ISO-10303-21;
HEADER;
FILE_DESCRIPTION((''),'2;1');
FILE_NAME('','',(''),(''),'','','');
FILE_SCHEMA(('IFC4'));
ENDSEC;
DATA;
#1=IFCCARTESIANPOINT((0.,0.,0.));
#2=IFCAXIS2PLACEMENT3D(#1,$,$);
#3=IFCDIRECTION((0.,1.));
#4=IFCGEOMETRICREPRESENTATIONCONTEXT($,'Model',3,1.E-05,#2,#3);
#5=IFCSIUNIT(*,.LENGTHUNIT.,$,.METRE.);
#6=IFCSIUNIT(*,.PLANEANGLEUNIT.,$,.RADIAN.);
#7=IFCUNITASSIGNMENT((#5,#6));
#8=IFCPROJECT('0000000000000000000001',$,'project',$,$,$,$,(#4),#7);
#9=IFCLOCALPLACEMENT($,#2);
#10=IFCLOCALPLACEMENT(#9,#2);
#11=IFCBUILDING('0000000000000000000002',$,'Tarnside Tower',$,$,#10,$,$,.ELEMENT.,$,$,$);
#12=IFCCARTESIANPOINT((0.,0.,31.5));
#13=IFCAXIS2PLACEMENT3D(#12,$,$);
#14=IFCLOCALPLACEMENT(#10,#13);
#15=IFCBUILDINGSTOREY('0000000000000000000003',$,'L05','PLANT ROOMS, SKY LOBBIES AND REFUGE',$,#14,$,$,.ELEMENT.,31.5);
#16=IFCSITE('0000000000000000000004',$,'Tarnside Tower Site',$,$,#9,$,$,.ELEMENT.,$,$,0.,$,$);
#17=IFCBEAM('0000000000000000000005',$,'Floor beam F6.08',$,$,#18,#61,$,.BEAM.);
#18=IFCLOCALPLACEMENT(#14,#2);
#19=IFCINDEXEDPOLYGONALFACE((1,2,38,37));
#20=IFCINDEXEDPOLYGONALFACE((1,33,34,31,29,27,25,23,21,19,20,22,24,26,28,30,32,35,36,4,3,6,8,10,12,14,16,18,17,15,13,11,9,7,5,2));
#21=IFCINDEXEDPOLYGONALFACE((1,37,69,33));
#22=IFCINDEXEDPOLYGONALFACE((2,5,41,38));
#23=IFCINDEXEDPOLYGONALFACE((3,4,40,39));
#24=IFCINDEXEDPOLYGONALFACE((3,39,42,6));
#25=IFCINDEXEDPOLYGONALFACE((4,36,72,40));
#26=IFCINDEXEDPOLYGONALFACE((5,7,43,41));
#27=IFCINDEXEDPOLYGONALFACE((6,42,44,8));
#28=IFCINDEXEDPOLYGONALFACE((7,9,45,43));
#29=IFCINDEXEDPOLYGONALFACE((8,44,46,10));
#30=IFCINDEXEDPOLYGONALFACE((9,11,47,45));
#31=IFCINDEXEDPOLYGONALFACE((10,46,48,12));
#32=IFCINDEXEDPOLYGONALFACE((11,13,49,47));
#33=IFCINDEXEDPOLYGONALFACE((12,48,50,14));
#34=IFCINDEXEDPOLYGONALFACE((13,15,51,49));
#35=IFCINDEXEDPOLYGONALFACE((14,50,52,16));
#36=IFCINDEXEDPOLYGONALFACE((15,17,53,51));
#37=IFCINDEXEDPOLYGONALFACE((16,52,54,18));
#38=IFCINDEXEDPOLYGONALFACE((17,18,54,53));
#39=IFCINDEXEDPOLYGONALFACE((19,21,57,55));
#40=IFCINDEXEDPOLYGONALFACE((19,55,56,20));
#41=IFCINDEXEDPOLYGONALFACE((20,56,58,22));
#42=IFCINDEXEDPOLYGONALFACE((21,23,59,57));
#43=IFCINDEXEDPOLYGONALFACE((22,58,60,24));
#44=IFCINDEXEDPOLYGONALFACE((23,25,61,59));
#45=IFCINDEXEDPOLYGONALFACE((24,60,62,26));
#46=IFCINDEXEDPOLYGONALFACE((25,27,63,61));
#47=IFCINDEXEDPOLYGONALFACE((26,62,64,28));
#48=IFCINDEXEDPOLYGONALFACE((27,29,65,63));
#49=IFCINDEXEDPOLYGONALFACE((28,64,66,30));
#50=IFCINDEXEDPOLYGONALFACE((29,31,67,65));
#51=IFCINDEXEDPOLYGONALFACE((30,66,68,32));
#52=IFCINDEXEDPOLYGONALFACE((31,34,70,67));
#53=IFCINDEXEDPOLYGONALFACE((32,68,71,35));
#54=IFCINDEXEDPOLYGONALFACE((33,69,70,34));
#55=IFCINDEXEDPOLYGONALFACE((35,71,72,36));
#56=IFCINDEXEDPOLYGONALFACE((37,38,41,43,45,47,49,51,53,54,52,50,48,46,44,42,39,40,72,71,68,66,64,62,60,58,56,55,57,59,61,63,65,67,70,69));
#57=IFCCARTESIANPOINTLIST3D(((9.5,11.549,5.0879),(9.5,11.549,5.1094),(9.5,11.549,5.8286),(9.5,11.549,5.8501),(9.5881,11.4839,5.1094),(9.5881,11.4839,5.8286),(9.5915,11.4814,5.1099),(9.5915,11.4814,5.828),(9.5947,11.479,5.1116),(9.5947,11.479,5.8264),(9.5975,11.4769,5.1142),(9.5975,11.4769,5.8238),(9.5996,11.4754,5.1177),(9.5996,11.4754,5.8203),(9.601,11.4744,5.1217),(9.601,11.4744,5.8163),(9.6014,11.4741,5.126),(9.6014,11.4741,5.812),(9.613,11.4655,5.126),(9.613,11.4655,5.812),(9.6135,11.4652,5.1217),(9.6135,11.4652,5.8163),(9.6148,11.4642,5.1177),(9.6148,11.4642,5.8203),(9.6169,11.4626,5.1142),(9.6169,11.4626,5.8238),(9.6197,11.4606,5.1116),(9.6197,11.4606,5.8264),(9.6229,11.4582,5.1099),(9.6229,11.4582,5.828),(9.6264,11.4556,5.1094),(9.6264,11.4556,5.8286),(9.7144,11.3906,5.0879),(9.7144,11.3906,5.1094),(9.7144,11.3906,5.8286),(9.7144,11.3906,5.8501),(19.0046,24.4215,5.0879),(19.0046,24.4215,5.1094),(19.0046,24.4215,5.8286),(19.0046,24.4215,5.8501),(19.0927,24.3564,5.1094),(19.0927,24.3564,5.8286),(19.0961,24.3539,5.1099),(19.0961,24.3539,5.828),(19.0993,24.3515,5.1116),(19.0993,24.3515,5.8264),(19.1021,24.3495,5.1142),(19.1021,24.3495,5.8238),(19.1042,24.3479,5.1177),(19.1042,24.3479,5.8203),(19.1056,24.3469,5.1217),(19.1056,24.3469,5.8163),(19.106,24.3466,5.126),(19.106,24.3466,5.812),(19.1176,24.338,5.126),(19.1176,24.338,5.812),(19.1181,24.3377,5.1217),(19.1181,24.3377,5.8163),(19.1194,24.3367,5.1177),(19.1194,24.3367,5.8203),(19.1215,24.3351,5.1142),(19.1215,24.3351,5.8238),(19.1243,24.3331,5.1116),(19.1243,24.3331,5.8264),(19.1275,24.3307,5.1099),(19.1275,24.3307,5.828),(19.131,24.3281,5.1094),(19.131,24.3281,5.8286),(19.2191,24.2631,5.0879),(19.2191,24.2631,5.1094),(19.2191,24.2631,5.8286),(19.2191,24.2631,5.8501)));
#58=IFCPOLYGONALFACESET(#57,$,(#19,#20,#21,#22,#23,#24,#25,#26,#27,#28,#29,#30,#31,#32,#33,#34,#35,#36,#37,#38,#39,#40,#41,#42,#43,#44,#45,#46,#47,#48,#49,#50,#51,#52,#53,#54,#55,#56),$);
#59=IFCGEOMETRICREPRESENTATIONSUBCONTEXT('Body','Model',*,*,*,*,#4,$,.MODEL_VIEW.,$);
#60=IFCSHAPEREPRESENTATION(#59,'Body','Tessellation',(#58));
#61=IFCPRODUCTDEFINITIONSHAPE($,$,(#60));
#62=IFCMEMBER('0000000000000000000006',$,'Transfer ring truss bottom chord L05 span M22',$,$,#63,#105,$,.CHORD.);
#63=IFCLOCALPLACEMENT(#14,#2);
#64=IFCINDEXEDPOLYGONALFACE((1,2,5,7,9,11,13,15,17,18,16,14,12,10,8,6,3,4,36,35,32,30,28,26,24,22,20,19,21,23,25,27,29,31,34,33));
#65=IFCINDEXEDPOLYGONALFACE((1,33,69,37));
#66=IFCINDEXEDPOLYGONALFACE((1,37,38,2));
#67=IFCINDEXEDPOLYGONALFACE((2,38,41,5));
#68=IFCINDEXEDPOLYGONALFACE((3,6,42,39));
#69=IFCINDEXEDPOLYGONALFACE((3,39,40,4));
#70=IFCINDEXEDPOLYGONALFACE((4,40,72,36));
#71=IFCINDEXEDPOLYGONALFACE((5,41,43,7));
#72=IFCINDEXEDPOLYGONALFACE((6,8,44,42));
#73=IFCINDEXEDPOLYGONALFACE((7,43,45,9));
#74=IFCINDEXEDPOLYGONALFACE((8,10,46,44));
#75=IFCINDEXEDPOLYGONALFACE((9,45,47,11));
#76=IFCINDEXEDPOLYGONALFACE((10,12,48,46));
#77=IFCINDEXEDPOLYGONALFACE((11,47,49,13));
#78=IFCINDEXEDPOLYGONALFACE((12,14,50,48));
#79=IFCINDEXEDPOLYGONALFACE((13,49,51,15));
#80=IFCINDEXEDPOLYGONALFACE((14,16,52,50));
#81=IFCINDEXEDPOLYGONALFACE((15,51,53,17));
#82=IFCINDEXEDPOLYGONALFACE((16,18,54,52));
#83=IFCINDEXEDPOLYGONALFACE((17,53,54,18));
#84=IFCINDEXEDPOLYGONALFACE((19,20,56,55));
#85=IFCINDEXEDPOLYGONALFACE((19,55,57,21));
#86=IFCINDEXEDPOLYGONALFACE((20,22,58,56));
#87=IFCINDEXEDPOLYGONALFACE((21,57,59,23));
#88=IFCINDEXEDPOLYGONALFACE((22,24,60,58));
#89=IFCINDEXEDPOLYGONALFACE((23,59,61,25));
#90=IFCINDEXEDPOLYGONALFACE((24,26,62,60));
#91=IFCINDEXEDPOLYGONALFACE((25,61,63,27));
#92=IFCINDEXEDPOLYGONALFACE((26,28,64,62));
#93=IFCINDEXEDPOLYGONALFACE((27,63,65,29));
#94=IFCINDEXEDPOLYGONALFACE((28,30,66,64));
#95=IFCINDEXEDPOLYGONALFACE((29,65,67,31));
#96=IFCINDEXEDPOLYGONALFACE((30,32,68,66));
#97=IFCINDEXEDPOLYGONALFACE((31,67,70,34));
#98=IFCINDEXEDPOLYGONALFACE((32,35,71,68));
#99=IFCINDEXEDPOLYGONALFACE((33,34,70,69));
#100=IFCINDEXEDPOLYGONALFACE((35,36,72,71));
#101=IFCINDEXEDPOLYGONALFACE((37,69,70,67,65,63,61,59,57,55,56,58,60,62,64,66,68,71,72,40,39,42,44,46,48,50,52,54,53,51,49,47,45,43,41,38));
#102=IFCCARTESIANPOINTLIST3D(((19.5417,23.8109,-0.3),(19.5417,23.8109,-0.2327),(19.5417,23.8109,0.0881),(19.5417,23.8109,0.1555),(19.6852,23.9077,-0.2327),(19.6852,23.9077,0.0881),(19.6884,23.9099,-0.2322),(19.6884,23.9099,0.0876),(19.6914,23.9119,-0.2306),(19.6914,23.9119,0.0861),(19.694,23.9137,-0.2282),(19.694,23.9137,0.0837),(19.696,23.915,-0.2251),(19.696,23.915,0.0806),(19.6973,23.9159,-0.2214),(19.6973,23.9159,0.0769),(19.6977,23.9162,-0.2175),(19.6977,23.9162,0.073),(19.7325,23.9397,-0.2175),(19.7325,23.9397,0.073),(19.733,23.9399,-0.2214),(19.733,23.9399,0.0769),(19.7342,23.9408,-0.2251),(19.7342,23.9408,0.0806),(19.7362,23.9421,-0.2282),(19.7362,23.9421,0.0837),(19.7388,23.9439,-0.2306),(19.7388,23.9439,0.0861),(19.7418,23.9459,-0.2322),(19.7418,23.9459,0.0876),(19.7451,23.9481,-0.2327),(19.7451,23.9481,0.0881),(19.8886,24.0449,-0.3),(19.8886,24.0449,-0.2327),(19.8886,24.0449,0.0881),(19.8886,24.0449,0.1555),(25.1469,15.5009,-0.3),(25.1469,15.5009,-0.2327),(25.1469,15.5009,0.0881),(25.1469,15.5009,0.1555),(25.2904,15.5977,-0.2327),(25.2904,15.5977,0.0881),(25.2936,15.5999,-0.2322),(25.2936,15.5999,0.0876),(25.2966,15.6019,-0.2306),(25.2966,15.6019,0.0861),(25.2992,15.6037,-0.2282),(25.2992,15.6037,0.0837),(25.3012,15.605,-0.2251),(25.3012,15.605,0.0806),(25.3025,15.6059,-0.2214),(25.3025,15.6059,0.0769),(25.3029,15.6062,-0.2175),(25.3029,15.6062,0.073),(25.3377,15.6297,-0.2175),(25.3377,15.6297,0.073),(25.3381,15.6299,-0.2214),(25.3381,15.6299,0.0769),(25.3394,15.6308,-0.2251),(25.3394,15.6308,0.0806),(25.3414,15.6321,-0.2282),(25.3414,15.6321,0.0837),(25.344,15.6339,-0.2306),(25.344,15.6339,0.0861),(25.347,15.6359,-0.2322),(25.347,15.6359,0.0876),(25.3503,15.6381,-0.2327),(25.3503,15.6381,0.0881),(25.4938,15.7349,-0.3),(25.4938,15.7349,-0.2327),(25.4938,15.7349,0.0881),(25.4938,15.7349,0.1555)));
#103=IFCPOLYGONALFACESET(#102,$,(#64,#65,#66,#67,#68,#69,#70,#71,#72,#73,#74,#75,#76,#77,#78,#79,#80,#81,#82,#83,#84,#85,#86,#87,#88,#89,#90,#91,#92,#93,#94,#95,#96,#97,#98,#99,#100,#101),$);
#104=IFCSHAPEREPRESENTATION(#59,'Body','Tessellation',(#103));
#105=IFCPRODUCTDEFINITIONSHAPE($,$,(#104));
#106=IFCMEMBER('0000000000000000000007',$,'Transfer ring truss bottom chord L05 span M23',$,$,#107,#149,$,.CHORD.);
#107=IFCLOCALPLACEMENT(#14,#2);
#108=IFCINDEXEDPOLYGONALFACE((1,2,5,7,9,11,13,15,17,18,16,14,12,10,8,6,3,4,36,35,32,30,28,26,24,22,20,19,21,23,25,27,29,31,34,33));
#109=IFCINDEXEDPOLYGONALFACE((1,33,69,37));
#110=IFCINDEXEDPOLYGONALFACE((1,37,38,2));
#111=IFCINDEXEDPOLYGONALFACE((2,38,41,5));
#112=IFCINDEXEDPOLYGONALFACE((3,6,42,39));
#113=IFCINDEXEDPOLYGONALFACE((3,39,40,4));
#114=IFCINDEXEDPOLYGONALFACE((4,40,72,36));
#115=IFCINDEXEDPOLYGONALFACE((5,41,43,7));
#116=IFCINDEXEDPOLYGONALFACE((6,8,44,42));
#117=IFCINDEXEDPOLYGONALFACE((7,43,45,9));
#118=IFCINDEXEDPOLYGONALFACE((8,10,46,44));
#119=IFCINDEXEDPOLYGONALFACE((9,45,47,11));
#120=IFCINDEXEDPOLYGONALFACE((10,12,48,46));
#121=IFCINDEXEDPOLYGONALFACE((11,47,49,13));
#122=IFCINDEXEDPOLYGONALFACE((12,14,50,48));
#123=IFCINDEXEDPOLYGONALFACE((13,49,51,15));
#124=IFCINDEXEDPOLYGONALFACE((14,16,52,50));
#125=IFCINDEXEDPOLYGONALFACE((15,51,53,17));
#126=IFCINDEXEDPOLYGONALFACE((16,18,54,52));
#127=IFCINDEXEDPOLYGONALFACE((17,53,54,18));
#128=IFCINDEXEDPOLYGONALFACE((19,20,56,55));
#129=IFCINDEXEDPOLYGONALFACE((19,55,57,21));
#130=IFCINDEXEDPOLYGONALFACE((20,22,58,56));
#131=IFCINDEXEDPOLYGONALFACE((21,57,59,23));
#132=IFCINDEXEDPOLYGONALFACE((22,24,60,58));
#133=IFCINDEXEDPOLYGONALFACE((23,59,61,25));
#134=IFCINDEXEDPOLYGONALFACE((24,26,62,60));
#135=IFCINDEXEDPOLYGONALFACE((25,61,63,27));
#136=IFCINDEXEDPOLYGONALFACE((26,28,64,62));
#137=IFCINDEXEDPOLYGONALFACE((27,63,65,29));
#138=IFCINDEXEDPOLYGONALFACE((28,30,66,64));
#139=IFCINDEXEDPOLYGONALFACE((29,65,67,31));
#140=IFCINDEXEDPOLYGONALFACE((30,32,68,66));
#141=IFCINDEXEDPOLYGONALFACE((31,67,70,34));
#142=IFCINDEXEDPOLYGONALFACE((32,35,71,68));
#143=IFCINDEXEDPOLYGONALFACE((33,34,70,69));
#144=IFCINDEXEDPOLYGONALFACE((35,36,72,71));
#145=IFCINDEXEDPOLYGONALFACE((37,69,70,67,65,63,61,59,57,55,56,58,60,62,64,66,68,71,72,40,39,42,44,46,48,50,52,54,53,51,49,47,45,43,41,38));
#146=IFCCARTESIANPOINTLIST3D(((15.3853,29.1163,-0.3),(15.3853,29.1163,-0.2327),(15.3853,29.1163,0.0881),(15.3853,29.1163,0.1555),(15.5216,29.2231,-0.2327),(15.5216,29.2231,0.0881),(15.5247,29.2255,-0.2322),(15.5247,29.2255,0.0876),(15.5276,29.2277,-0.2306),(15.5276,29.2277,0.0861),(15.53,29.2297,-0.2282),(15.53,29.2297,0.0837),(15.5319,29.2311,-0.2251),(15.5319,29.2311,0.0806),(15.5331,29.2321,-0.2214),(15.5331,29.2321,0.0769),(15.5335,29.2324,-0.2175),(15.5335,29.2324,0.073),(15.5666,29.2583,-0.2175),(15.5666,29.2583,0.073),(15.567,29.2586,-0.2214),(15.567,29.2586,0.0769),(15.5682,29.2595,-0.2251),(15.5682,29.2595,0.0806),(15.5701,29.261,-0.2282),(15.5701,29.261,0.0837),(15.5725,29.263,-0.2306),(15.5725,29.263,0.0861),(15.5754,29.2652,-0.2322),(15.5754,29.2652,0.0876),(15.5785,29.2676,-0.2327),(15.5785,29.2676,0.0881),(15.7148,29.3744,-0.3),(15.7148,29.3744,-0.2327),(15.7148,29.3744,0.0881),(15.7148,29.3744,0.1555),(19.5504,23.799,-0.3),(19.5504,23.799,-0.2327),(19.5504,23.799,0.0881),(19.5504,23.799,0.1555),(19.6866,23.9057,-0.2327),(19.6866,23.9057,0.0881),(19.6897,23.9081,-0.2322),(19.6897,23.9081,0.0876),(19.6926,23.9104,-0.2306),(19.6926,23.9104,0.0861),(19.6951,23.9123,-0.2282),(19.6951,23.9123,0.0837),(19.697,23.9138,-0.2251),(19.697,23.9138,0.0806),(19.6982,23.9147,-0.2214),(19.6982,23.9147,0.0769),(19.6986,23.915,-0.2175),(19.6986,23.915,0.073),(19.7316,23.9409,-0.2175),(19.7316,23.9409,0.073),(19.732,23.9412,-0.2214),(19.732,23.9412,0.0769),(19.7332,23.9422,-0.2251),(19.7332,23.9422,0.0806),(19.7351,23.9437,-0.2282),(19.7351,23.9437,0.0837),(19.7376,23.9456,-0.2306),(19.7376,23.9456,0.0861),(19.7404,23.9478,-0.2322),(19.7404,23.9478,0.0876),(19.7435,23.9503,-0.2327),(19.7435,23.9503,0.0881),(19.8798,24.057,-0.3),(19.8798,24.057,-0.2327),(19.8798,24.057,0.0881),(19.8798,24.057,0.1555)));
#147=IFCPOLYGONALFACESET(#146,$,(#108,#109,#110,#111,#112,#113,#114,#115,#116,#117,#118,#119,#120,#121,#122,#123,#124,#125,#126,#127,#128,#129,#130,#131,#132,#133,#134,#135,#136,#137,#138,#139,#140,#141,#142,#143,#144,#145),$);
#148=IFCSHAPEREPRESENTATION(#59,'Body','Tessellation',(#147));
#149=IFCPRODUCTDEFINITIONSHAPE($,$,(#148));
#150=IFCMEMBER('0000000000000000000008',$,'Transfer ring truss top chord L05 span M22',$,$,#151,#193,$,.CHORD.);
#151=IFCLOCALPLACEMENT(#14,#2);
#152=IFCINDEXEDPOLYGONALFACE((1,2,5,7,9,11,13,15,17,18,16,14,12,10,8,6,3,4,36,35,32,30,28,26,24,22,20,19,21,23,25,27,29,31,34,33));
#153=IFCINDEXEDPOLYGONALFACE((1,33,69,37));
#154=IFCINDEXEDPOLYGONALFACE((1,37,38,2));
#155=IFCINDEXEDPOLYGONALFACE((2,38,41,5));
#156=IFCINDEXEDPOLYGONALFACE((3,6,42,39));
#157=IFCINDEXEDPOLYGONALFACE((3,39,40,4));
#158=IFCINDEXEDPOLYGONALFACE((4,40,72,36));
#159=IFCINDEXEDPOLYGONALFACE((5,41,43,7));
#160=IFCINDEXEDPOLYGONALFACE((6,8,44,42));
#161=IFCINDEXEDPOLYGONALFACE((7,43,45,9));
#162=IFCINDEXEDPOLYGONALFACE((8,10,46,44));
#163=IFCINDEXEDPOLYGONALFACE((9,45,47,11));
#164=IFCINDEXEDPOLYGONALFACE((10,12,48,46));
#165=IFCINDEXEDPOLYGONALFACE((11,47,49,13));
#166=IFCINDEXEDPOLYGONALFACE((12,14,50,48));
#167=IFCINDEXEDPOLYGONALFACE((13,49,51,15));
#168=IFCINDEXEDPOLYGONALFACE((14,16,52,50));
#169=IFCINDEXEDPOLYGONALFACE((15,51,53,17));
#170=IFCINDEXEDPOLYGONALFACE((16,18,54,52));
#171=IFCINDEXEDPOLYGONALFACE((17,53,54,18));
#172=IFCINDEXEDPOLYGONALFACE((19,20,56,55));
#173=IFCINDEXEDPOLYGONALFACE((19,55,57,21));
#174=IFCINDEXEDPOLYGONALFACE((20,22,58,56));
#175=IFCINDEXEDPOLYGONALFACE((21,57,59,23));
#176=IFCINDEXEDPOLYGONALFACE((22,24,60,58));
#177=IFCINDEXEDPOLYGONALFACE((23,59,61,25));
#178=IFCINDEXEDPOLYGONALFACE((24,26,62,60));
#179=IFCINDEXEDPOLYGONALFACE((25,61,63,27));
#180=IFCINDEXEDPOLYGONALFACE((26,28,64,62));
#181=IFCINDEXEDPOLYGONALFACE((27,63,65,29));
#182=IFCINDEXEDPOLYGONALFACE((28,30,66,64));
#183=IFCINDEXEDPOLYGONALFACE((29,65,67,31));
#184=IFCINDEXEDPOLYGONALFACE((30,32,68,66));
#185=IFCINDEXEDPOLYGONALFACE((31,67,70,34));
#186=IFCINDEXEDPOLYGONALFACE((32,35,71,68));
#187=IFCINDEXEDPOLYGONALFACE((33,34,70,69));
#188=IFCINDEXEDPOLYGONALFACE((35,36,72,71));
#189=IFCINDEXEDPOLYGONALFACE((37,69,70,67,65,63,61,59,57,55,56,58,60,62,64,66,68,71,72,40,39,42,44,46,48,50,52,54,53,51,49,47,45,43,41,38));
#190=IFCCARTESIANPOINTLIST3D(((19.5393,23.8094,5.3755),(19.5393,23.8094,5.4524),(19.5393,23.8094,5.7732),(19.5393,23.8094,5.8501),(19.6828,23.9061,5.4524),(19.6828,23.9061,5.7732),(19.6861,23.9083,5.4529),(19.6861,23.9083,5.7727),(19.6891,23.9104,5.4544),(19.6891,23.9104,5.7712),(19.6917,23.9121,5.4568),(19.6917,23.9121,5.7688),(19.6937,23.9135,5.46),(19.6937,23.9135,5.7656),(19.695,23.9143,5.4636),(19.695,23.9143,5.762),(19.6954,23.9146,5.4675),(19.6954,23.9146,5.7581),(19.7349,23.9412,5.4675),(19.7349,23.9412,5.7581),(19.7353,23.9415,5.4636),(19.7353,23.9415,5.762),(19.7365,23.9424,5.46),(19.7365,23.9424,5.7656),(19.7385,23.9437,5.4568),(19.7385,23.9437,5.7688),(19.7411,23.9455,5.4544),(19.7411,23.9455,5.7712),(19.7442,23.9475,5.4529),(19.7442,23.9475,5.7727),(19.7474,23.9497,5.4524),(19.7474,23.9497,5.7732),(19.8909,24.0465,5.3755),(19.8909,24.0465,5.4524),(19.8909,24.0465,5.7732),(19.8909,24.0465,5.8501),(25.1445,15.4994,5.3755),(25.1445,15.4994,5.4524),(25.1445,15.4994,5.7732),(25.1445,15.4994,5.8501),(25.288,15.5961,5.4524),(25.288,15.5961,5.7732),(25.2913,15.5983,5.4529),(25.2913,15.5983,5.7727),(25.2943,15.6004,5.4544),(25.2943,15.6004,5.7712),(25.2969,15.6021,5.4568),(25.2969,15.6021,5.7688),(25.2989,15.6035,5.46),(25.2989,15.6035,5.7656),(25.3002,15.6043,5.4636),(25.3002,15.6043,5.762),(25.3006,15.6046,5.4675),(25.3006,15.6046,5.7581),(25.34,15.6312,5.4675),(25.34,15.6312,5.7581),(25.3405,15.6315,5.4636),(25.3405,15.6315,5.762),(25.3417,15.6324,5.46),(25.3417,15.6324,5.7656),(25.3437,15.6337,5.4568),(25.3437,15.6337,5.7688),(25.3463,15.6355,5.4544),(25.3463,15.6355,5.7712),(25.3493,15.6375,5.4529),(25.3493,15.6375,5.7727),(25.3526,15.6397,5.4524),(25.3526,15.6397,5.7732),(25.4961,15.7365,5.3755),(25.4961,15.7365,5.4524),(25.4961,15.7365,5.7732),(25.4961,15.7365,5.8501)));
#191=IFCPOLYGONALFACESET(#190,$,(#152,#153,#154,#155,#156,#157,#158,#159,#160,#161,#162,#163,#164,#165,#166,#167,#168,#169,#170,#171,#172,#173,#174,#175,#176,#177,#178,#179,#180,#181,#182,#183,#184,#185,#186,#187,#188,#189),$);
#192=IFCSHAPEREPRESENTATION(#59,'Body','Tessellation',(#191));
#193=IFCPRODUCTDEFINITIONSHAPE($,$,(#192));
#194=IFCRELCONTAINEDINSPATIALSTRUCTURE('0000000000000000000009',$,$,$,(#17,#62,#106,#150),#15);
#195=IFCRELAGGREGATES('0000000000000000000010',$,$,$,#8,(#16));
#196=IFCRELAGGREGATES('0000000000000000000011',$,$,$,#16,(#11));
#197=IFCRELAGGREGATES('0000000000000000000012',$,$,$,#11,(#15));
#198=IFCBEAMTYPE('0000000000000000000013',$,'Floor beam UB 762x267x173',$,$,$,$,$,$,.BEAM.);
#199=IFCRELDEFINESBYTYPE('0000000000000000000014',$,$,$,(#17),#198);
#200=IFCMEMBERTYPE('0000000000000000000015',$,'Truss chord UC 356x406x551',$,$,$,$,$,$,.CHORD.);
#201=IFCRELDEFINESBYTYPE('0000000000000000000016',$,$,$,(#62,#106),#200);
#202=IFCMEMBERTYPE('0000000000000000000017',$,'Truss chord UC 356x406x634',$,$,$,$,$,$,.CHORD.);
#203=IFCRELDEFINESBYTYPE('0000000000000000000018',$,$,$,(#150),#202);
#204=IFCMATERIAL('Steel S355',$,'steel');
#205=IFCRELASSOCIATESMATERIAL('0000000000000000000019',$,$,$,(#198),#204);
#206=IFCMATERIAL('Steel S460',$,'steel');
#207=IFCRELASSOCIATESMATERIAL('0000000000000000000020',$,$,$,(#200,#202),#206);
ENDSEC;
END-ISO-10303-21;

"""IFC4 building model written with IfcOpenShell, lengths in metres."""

from ifc_helpers import new_model, si_unit, direction, frame, origin, origin_2d, place, context, subcontext, project, spatial, i_section, extrude, material, material_profile, profile_set, type_object, element, save


model = new_model("IFC4")

# Units and contexts
model_context = context("Model", 3, precision=1e-05, world=origin(), true_north=direction((0.0, 1.0)))
body_context = subcontext(model_context, "Body", "Model", "MODEL_VIEW")
ifc_project = project(units=[si_unit("LENGTHUNIT", "METRE"), si_unit("PLANEANGLEUNIT", "RADIAN")], contexts=[model_context])

# Site, building, storey
site_placement = place(None, origin())
site = spatial("IfcSite", under=ifc_project, at=site_placement, Name="Tarnside Tower Site", CompositionType="ELEMENT", RefElevation=0.0)
building_placement = place(site_placement, origin())
building = spatial("IfcBuilding", under=site, at=building_placement, Name="Tarnside Tower", CompositionType="ELEMENT")
storey_placement = place(building_placement, frame((0.0, 0.0, 31.5)))
storey = spatial("IfcBuildingStorey", under=building, at=storey_placement, Name="L05", Description="PLANT ROOMS, SKY LOBBIES AND REFUGE", CompositionType="ELEMENT", Elevation=31.5)

# Beam
ifc_material_1 = material(Name="Steel S355", Category="steel")
ifc_material_profile_1 = material_profile(ifc_material_1, i_section(OverallWidth=0.2666, OverallDepth=0.7622, WebThickness=0.0144, FlangeThickness=0.0215, FilletRadius=0.0166, at=origin_2d()), Name="UB 762x267x173")
ifc_profile_set_1 = profile_set([ifc_material_profile_1], Name="Steel S355")
beam_type_1 = type_object("IfcBeamType", Name="Floor beam UB 762x267x173", PredefinedType="BEAM", material=ifc_profile_set_1)
beam_1_placement = place(storey_placement, frame((19.1118, 24.3423, 5.469), z_axis=(-0.593992, -0.804471, 0.0), x_axis=(0.804471, -0.593992, 0.0)))
element("IfcBeam", 1, at=beam_1_placement, inside=storey, type_object=beam_type_1, Name="Floor beam F6.08", PredefinedType="BEAM", context=body_context, shape_type="SweptSolid", body=[
    extrude(i_section(OverallWidth=0.2666, OverallDepth=0.7622, WebThickness=0.0144, FlangeThickness=0.0215, FilletRadius=0.0166, at=origin_2d()), origin(), (0.0, 0.0, 1.0), 16.0012),
])

# Members
ifc_material_2 = material(Name="Steel S460", Category="steel")
ifc_material_profile_2 = material_profile(ifc_material_2, i_section(OverallWidth=0.4185, OverallDepth=0.4556, WebThickness=0.042, FlangeThickness=0.0674, FilletRadius=0.0151, at=origin_2d()), Name="UC 356x406x551")
ifc_profile_set_2 = profile_set([ifc_material_profile_2], Name="Steel S460")
member_type_1 = type_object("IfcMemberType", Name="Truss chord UC 356x406x551", PredefinedType="CHORD", material=ifc_profile_set_2)
member_1_placement = place(storey_placement, frame((25.3203, 15.6179, -0.0723), z_axis=(-0.559194, 0.829037, 0.0), x_axis=(-0.829037, -0.559194, 0.0)))
element("IfcMember", 2, at=member_1_placement, inside=storey, type_object=member_type_1, Name="Transfer ring truss bottom chord L05 span M22", PredefinedType="CHORD", context=body_context, shape_type="SweptSolid", body=[
    extrude(i_section(OverallWidth=0.4185, OverallDepth=0.4556, WebThickness=0.042, FlangeThickness=0.0674, FilletRadius=0.0151, at=origin_2d()), origin(), (0.0, 0.0, 1.0), 10.0237),
])
member_2_placement = place(storey_placement, frame((19.7151, 23.928, -0.0723), z_axis=(-0.61664, 0.787246, 0.0), x_axis=(-0.787246, -0.61664, 0.0)))
element("IfcMember", 3, at=member_2_placement, inside=storey, type_object=member_type_1, Name="Transfer ring truss bottom chord L05 span M23", PredefinedType="CHORD", context=body_context, shape_type="SweptSolid", body=[
    extrude(i_section(OverallWidth=0.4185, OverallDepth=0.4556, WebThickness=0.042, FlangeThickness=0.0674, FilletRadius=0.0151, at=origin_2d()), origin(), (0.0, 0.0, 1.0), 6.7544),
])
ifc_material_profile_3 = material_profile(ifc_material_2, i_section(OverallWidth=0.4241, OverallDepth=0.4746, WebThickness=0.0476, FlangeThickness=0.0769, FilletRadius=0.0151, at=origin_2d()), Name="UC 356x406x634")
ifc_profile_set_3 = profile_set([ifc_material_profile_3], Name="Steel S460")
member_type_2 = type_object("IfcMemberType", Name="Truss chord UC 356x406x634", PredefinedType="CHORD", material=ifc_profile_set_3)
member_3_placement = place(storey_placement, frame((25.3203, 15.6179, 5.6128), z_axis=(-0.559194, 0.829037, 0.0), x_axis=(-0.829037, -0.559194, 0.0)))
element("IfcMember", 4, at=member_3_placement, inside=storey, type_object=member_type_2, Name="Transfer ring truss top chord L05 span M22", PredefinedType="CHORD", context=body_context, shape_type="SweptSolid", body=[
    extrude(i_section(OverallWidth=0.4241, OverallDepth=0.4746, WebThickness=0.0476, FlangeThickness=0.0769, FilletRadius=0.0151, at=origin_2d()), origin(), (0.0, 0.0, 1.0), 10.0237),
])

save(model, "model.ifc")
